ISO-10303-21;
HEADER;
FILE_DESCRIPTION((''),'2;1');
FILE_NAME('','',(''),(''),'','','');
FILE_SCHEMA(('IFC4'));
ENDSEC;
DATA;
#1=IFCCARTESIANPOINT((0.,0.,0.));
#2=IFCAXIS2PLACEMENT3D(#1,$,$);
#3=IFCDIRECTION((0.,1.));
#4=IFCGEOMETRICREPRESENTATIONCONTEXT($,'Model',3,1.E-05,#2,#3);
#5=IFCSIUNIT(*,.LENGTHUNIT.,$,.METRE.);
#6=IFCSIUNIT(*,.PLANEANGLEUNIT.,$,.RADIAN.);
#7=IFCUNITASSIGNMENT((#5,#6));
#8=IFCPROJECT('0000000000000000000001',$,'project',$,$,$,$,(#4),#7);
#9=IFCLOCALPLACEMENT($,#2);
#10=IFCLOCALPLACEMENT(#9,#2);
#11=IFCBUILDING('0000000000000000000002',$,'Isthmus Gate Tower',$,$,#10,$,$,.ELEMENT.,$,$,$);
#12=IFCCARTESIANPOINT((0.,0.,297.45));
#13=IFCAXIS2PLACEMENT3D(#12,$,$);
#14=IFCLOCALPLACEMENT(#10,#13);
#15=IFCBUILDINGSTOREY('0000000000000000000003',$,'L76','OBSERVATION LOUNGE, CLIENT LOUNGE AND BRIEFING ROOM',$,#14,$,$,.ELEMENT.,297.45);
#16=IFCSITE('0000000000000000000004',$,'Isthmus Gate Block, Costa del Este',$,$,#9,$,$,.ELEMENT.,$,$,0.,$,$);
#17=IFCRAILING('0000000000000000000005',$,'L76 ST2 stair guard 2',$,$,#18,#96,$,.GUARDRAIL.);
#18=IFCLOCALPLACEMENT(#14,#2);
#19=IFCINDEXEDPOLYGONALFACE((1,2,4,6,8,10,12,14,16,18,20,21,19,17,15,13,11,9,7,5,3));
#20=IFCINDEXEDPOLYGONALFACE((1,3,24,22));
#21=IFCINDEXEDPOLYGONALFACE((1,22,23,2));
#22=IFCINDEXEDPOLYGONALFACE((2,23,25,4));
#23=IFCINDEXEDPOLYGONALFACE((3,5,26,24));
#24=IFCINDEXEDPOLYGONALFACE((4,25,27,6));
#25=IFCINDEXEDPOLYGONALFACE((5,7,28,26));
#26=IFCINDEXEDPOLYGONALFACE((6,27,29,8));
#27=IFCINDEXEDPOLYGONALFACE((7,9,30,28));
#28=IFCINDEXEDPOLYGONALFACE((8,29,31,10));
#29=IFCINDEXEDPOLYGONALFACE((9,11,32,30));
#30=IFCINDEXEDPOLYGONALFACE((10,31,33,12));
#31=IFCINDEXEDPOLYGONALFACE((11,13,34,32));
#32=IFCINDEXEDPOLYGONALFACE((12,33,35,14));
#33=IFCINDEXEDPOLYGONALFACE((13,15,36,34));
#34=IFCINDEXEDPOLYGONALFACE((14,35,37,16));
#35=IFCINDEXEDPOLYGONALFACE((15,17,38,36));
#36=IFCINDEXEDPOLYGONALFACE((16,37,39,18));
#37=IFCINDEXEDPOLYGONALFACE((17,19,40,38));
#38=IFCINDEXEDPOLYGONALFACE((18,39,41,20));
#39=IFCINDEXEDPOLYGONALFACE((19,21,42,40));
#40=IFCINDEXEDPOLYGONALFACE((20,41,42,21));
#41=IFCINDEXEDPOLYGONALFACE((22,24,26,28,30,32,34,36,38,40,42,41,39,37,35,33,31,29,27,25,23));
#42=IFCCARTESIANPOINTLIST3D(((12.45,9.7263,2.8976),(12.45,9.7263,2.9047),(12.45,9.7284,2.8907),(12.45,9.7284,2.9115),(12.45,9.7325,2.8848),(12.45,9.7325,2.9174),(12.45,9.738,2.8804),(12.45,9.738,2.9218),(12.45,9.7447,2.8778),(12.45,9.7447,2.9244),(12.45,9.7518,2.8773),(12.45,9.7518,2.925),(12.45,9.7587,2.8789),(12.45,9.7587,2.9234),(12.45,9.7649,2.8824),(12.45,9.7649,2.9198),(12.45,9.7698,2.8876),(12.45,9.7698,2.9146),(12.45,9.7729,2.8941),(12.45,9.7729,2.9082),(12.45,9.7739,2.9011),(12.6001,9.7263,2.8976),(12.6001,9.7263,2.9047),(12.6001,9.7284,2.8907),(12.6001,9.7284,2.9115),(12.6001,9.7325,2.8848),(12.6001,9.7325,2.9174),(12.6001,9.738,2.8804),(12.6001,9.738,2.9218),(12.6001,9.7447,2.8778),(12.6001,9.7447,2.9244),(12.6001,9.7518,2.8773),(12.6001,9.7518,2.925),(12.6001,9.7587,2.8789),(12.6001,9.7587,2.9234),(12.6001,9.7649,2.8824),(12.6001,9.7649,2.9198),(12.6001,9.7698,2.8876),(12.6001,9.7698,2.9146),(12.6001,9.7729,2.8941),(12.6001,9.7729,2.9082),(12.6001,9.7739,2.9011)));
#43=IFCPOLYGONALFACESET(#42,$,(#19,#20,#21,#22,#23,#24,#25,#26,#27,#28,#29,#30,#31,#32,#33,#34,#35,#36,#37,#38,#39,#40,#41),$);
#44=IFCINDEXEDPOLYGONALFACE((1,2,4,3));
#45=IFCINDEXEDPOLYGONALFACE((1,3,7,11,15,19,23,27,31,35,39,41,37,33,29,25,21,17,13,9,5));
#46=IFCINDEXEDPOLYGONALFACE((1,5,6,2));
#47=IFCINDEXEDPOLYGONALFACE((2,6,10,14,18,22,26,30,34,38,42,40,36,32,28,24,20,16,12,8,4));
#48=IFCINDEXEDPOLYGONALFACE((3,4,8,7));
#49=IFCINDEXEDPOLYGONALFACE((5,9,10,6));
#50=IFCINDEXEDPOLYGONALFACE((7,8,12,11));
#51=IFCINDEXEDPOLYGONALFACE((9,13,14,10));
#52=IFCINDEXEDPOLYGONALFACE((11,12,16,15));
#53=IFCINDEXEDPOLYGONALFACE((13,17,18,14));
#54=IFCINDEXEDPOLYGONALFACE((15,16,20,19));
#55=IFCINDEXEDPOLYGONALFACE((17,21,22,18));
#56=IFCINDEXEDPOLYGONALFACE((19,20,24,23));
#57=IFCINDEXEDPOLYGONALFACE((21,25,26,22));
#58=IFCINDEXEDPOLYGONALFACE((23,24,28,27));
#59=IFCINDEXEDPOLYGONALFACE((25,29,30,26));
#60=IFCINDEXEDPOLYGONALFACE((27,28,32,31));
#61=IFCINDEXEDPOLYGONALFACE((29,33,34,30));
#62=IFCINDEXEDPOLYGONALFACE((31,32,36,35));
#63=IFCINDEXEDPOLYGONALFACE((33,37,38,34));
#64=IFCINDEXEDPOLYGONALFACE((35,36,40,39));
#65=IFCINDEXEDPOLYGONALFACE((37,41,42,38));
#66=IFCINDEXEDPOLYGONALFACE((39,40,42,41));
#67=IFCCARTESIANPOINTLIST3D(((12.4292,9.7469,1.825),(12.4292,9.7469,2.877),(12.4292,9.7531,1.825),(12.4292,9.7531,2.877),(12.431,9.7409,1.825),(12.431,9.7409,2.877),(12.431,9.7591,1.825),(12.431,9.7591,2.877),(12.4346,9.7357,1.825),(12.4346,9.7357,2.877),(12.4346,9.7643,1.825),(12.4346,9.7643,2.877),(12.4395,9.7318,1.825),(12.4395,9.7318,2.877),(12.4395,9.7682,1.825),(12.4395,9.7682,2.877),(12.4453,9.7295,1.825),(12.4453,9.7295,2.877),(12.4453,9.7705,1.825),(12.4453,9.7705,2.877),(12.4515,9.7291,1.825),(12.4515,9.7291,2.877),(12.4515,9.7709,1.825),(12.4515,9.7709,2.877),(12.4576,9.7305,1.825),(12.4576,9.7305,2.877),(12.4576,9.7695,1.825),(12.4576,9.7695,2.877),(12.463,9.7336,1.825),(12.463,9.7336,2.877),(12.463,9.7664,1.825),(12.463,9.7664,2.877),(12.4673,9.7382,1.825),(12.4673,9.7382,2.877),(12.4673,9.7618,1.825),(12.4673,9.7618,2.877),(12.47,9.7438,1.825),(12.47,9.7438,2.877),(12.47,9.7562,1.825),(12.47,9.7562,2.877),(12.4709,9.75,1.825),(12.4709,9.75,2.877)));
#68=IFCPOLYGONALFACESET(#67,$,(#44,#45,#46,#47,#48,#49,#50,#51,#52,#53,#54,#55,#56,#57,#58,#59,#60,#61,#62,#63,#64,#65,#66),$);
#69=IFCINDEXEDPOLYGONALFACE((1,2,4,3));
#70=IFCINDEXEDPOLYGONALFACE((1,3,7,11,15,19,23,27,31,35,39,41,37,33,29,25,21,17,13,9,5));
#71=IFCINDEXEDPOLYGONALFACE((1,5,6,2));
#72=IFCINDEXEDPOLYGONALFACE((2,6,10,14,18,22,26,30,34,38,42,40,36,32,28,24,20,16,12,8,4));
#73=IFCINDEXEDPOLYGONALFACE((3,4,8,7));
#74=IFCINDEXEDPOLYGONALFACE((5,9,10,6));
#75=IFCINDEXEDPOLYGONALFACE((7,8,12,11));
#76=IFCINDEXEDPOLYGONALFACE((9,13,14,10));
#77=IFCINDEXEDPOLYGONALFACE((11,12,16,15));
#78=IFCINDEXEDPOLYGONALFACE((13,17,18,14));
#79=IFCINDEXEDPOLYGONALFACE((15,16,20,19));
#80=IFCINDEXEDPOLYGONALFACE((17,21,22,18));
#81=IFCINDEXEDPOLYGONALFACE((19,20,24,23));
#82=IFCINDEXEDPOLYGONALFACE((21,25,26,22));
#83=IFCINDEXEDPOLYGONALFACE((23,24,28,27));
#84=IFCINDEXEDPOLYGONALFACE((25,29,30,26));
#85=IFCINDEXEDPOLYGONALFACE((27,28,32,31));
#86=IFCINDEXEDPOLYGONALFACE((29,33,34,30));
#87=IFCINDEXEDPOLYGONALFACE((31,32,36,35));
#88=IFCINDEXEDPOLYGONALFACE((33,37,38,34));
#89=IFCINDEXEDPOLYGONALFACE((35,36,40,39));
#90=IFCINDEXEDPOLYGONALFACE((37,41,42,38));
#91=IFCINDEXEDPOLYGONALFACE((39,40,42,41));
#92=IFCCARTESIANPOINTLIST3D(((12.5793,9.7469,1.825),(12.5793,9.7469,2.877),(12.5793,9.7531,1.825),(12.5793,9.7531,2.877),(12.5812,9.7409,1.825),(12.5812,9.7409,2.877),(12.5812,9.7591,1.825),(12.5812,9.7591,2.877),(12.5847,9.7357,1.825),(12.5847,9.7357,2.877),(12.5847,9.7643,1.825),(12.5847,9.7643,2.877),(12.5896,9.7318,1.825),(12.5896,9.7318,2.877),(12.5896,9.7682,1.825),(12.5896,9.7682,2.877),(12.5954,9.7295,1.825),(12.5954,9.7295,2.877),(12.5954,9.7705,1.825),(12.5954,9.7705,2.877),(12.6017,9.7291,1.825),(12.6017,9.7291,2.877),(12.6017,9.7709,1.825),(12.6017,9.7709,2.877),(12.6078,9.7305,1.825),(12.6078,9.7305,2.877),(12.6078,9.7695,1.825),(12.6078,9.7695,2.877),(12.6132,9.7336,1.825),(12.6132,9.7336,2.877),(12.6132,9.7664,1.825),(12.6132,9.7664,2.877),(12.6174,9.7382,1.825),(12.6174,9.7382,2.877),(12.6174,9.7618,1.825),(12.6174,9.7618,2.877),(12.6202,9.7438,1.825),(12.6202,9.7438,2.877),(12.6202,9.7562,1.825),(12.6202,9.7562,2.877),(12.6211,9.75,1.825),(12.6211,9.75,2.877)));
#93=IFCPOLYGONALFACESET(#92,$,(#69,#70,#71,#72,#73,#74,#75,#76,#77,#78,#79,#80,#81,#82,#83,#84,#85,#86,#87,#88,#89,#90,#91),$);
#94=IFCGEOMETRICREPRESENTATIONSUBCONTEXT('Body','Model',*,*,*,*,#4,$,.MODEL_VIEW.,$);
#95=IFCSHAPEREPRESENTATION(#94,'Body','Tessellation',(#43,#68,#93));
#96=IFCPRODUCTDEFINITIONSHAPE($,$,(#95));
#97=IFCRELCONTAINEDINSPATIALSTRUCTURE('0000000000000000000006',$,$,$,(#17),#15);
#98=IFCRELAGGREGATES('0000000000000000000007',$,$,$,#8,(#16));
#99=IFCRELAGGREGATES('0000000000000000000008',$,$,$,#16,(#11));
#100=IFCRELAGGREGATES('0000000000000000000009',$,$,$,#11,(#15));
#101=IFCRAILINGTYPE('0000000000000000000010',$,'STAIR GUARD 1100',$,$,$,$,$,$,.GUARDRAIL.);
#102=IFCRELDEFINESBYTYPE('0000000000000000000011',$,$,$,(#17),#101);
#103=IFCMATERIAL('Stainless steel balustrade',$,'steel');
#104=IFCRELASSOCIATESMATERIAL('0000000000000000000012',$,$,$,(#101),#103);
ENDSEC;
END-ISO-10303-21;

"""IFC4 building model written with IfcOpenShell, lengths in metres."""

from ifc_helpers import new_model, si_unit, direction, frame, origin, origin_2d, place, context, subcontext, project, spatial, circle, extrude, material, type_object, element, save


model = new_model("IFC4")

# Units and contexts
model_context = context("Model", 3, precision=1e-05, world=origin(), true_north=direction((0.0, 1.0)))
body_context = subcontext(model_context, "Body", "Model", "MODEL_VIEW")
ifc_project = project(units=[si_unit("LENGTHUNIT", "METRE"), si_unit("PLANEANGLEUNIT", "RADIAN")], contexts=[model_context])

# Site, building, storey
site_placement = place(None, origin())
site = spatial("IfcSite", under=ifc_project, at=site_placement, Name="Isthmus Gate Block, Costa del Este", CompositionType="ELEMENT", RefElevation=0.0)
building_placement = place(site_placement, origin())
building = spatial("IfcBuilding", under=site, at=building_placement, Name="Isthmus Gate Tower", CompositionType="ELEMENT")
storey_placement = place(building_placement, frame((0.0, 0.0, 297.45)))
storey = spatial("IfcBuildingStorey", under=building, at=storey_placement, Name="L76", Description="OBSERVATION LOUNGE, CLIENT LOUNGE AND BRIEFING ROOM", CompositionType="ELEMENT", Elevation=297.45)

# Railing
ifc_material_1 = material(Name="Stainless steel balustrade", Category="steel")
railing_type_1 = type_object("IfcRailingType", Name="STAIR GUARD 1100", PredefinedType="GUARDRAIL", material=ifc_material_1)
railing_1_placement = place(storey_placement, frame((12.45, 9.75, 1.825)))
element("IfcRailing", 1, at=railing_1_placement, inside=storey, type_object=railing_type_1, Name="L76 ST2 stair guard 2", PredefinedType="GUARDRAIL", context=body_context, shape_type="SweptSolid", body=[
    extrude(circle(Radius=0.0239, at=origin_2d()), frame((0.0, 0.0, 1.0762), z_axis=(1.0, 0.0, 0.0), x_axis=(0.0, 1.0, 0.0)), (0.0, 0.0, 1.0), 0.1501),
    extrude(circle(Radius=0.021, at=origin_2d()), origin(), (0.0, 0.0, 1.0), 1.052),
    extrude(circle(Radius=0.021, at=origin_2d()), frame((0.1501, 0.0, 0.0)), (0.0, 0.0, 1.0), 1.052),
])

save(model, "model.ifc")
